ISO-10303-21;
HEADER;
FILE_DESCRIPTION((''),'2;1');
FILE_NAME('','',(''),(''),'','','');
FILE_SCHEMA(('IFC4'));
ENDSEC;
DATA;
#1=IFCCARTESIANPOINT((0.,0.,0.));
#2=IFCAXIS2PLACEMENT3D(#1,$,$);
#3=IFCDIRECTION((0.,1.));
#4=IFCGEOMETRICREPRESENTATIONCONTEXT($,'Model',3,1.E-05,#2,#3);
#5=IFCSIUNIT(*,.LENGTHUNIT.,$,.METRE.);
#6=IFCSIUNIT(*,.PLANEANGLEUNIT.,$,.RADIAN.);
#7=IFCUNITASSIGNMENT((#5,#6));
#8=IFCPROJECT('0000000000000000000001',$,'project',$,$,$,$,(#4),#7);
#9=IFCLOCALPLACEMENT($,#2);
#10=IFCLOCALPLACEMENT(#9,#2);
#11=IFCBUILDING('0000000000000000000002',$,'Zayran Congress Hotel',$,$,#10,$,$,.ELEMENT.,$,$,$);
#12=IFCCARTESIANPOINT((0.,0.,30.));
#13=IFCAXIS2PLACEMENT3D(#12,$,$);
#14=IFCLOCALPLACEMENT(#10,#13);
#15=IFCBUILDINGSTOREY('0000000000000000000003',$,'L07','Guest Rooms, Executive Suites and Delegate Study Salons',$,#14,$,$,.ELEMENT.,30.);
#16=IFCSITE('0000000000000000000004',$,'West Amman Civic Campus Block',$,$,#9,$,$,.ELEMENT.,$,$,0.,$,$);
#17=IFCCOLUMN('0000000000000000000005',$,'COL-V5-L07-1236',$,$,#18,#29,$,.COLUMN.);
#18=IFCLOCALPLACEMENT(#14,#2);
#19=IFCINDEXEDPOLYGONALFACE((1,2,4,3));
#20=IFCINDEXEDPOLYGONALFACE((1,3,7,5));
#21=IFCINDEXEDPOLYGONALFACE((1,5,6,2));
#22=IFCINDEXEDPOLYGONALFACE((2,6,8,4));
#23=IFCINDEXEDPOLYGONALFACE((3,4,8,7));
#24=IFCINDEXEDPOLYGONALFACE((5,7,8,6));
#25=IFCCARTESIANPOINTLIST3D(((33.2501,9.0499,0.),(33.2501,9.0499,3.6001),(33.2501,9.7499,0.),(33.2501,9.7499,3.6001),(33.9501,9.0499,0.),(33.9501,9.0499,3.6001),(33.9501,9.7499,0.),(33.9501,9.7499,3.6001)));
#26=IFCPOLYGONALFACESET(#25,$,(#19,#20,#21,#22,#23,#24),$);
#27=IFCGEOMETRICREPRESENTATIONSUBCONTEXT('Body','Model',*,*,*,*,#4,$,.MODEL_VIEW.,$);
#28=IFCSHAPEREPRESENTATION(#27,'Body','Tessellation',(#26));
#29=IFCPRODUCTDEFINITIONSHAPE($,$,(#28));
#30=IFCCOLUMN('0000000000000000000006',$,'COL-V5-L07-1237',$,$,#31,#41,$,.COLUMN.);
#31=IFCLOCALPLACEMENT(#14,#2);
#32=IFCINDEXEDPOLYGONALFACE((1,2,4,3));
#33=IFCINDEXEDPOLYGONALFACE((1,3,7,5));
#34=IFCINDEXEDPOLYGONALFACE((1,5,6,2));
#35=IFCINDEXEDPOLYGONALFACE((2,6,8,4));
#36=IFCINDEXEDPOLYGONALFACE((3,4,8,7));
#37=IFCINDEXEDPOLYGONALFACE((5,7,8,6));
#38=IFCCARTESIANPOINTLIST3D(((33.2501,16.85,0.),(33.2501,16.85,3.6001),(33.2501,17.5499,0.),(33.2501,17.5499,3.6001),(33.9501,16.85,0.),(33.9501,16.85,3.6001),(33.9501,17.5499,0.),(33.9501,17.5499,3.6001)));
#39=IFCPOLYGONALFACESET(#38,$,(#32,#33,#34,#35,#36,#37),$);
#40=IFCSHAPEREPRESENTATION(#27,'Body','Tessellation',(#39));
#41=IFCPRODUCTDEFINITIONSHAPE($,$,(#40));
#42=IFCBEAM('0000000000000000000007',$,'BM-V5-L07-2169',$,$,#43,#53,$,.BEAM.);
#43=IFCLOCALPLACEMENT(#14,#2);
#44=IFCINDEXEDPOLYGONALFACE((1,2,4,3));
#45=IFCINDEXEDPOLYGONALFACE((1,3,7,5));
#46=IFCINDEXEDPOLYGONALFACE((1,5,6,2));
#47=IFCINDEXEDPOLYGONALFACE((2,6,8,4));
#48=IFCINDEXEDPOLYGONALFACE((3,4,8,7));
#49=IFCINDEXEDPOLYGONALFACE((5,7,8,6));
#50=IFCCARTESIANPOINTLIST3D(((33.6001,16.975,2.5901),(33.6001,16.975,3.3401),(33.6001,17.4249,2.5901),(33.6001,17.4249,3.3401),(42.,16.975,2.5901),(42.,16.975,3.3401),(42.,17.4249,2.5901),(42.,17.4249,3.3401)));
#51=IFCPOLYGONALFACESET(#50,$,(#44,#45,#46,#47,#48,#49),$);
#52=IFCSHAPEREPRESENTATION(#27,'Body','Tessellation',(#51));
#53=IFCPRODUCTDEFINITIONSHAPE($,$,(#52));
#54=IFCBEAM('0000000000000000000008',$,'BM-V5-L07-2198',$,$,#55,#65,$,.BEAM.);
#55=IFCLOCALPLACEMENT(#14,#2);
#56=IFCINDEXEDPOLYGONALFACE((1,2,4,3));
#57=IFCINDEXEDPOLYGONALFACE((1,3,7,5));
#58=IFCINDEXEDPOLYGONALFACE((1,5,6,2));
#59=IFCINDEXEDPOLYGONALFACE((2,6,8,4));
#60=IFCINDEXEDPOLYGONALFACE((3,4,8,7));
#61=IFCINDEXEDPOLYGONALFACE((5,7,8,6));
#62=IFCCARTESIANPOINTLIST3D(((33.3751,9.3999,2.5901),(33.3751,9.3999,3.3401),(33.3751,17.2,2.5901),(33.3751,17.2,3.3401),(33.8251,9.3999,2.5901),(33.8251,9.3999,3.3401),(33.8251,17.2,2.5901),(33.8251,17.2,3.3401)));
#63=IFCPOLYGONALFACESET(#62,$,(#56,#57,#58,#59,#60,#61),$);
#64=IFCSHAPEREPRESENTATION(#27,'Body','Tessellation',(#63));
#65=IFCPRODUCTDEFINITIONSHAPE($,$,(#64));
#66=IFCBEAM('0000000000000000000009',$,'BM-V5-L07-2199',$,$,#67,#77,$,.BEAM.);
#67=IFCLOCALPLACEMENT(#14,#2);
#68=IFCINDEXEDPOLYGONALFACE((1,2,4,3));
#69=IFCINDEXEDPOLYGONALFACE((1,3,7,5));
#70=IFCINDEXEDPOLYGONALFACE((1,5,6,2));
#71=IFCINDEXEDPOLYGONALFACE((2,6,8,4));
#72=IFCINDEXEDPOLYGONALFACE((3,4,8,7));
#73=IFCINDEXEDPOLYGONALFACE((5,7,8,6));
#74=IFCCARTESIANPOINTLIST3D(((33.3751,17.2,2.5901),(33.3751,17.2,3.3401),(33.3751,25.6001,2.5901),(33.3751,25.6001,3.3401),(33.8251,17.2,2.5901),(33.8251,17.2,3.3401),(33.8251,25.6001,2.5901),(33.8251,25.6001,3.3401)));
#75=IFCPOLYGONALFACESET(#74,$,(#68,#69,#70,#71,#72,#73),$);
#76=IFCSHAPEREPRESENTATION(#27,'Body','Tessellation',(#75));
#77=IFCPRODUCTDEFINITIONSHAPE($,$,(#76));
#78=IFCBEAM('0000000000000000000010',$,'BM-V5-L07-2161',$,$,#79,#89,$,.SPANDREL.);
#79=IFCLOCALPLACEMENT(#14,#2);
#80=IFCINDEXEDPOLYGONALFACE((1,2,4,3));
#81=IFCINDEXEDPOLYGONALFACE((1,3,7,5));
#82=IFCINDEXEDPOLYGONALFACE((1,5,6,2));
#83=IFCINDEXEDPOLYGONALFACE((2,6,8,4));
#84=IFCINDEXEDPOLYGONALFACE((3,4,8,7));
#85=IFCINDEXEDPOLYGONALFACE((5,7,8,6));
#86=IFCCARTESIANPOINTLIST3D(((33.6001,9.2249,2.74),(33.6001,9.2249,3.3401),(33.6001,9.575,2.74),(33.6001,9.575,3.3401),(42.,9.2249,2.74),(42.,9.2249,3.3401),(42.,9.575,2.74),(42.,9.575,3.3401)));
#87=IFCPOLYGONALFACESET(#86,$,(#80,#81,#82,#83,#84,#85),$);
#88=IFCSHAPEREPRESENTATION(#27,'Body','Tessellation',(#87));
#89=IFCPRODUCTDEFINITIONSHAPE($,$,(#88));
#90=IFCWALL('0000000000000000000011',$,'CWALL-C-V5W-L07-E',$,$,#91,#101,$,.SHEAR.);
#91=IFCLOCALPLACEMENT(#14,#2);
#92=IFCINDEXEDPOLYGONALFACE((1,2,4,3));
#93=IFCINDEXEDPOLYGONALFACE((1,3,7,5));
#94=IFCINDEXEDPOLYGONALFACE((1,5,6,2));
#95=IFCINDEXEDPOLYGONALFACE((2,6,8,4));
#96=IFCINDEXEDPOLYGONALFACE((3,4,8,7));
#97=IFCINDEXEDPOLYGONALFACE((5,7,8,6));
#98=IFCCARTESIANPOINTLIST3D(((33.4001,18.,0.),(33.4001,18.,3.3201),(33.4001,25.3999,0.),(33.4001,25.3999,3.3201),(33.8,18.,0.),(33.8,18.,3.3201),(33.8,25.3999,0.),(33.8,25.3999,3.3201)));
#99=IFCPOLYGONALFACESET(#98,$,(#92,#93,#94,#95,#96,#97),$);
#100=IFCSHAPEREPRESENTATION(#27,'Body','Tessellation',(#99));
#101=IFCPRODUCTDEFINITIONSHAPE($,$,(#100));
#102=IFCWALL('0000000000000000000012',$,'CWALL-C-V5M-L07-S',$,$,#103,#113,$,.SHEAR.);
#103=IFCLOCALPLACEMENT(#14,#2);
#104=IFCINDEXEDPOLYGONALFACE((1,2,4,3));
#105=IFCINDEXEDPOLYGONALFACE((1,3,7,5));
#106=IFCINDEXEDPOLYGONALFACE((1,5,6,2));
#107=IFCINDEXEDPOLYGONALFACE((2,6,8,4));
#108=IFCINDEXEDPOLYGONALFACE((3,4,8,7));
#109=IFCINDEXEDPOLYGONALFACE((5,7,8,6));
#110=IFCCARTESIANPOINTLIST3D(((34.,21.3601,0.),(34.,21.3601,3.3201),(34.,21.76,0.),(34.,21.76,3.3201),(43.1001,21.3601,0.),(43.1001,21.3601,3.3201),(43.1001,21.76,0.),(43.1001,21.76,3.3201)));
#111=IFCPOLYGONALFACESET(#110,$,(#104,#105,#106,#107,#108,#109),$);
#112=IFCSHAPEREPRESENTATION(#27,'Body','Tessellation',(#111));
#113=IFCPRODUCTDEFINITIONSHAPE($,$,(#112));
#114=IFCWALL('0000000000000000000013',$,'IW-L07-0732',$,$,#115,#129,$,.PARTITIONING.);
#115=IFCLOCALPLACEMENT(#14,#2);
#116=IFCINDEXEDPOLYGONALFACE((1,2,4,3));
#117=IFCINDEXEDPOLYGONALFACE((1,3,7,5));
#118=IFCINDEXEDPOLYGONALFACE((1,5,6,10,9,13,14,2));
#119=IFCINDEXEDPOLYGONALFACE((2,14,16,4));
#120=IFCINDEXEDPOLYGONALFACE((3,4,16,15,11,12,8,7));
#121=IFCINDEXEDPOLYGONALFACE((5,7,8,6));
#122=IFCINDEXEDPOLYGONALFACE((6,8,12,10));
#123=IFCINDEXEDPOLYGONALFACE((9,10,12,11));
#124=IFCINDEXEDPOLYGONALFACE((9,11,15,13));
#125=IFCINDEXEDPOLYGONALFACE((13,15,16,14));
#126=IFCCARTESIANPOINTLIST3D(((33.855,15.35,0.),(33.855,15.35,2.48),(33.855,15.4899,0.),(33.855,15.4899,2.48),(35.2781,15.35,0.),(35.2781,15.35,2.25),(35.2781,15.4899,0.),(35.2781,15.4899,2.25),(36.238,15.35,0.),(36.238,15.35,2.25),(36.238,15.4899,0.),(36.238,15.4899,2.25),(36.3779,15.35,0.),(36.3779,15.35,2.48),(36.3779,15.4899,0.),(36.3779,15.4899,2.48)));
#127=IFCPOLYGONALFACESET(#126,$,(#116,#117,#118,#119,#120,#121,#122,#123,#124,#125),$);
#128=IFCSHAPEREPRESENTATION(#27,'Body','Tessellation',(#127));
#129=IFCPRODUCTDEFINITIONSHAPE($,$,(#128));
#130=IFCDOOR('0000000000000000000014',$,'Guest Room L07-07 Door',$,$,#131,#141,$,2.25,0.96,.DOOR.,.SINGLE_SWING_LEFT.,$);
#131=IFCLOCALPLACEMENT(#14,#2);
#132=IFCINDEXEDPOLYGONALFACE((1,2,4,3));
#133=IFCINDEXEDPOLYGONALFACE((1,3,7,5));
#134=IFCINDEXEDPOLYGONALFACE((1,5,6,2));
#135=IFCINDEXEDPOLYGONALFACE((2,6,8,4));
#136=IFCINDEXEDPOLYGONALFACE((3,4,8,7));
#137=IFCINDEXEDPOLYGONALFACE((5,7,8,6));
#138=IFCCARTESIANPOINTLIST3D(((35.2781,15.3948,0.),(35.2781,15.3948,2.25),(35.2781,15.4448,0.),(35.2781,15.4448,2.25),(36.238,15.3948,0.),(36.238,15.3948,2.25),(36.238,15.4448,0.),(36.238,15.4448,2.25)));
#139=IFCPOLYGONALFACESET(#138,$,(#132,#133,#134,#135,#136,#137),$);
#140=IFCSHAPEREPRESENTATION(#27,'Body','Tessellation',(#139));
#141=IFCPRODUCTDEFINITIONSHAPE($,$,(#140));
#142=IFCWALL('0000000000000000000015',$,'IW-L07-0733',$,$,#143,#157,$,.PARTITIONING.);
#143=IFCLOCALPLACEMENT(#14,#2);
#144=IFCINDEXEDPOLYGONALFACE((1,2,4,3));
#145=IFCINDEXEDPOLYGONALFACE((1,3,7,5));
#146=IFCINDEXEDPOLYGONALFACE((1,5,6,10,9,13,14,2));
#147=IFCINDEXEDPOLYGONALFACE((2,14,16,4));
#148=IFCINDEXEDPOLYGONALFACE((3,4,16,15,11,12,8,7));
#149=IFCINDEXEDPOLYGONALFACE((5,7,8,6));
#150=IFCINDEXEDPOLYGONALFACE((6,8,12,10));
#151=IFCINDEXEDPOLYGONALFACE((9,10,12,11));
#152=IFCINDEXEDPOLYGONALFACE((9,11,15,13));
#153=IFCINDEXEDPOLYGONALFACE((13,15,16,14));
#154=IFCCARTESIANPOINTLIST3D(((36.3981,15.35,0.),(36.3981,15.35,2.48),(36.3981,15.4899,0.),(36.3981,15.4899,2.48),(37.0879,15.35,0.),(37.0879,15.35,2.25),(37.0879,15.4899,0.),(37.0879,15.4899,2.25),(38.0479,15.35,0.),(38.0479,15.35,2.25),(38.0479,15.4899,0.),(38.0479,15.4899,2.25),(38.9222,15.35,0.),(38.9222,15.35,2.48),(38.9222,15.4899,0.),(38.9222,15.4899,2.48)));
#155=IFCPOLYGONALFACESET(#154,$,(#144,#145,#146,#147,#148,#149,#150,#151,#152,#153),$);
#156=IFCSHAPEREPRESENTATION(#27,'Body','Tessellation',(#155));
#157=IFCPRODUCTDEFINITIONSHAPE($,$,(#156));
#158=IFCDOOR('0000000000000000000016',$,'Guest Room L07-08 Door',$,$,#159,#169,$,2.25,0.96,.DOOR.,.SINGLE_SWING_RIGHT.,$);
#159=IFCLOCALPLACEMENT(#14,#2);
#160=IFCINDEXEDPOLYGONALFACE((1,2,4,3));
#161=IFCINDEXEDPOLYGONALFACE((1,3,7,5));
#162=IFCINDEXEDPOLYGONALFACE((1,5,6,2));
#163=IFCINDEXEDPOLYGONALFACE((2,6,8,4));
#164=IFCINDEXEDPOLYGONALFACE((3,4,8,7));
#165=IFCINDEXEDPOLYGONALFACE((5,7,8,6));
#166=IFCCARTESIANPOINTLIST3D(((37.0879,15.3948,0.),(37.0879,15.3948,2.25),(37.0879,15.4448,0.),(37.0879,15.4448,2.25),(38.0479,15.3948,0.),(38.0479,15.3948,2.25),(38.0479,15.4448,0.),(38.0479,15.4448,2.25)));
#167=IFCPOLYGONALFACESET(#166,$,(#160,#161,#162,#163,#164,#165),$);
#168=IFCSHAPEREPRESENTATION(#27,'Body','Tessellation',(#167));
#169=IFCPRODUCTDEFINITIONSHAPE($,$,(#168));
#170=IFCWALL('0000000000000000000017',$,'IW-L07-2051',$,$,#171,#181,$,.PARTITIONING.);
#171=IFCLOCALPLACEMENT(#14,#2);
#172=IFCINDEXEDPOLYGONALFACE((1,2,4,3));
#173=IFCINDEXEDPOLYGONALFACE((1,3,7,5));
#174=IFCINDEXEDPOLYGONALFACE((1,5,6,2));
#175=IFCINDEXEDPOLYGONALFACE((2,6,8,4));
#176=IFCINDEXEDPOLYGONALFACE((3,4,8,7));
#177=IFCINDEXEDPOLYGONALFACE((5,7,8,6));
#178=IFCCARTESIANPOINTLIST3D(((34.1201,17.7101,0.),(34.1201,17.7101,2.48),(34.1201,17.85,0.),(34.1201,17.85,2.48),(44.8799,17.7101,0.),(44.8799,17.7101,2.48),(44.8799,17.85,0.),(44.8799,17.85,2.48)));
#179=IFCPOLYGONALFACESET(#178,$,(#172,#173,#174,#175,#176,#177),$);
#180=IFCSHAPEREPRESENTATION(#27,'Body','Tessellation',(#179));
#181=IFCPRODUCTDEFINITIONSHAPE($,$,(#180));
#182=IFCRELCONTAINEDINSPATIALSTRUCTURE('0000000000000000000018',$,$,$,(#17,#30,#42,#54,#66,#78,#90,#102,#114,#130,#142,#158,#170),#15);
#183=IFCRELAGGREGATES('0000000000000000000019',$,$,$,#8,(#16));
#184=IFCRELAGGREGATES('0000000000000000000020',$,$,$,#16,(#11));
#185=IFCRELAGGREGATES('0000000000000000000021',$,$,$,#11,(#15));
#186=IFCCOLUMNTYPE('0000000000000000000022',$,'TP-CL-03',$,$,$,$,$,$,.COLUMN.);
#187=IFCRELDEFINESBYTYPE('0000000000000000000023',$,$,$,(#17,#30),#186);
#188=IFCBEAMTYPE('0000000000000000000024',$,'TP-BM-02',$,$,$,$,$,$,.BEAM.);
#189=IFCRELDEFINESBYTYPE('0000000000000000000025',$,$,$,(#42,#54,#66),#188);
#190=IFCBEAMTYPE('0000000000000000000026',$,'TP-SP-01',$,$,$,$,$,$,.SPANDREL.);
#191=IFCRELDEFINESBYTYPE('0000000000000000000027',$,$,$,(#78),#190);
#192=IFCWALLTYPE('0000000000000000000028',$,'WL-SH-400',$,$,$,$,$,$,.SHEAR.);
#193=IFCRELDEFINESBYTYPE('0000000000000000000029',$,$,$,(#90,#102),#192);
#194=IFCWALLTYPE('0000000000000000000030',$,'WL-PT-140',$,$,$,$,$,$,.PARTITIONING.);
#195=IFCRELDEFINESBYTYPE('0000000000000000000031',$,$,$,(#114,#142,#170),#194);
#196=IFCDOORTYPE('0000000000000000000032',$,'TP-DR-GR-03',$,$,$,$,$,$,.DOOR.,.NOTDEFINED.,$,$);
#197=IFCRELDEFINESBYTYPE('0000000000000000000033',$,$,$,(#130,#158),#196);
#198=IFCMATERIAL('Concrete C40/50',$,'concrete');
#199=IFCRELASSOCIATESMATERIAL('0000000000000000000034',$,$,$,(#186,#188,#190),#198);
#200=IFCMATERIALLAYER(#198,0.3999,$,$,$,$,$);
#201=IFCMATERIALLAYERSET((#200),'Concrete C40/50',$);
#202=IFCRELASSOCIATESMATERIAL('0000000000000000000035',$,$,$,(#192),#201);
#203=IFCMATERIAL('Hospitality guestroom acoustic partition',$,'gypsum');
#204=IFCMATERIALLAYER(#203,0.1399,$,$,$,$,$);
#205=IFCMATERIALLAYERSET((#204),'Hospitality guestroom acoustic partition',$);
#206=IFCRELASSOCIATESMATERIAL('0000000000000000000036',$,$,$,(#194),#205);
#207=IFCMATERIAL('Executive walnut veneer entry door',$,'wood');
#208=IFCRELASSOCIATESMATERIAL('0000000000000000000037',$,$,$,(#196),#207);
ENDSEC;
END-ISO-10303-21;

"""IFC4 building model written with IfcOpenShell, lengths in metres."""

from ifc_helpers import new_model, si_unit, direction, frame, frame_2d, origin, origin_2d, place, context, subcontext, project, spatial, rectangle, extrude, material, layer, layer_set, material_profile, profile_set, type_object, element, fill, save


model = new_model("IFC4")

# Units and contexts
model_context = context("Model", 3, precision=1e-05, world=origin(), true_north=direction((0.0, 1.0)))
body_context = subcontext(model_context, "Body", "Model", "MODEL_VIEW")
ifc_project = project(units=[si_unit("LENGTHUNIT", "METRE"), si_unit("PLANEANGLEUNIT", "RADIAN")], contexts=[model_context])

# Site, building, storey
site_placement = place(None, origin())
site = spatial("IfcSite", under=ifc_project, at=site_placement, Name="West Amman Civic Campus Block", CompositionType="ELEMENT", RefElevation=0.0)
building_placement = place(site_placement, origin())
building = spatial("IfcBuilding", under=site, at=building_placement, Name="Zayran Congress Hotel", CompositionType="ELEMENT")
storey_placement = place(building_placement, frame((0.0, 0.0, 30.0)))
storey = spatial("IfcBuildingStorey", under=building, at=storey_placement, Name="L07", Description="Guest Rooms, Executive Suites and Delegate Study Salons", CompositionType="ELEMENT", Elevation=30.0)

# Columns
ifc_material_1 = material(Name="Concrete C40/50", Category="concrete")
ifc_material_profile_1 = material_profile(ifc_material_1, rectangle(XDim=0.7, YDim=0.7, at=origin_2d()), Name="RC 700x700")
ifc_profile_set_1 = profile_set([ifc_material_profile_1], Name="Concrete C40/50")
column_type = type_object("IfcColumnType", Name="TP-CL-03", PredefinedType="COLUMN", material=ifc_profile_set_1)
for number, where, z_axis, x_axis, name in (
    (1, (33.6001, 9.3999, 0.0), (0.0, 0.0, 1.0), (1.0, 0.0, 0.0), "COL-V5-L07-1236"),
    (2, (33.6001, 17.2, 0.0), (0.0, 0.0, 1.0), (1.0, 0.0, 0.0), "COL-V5-L07-1237"),
):
    element("IfcColumn", number, at=place(storey_placement, frame(where, z_axis=z_axis, x_axis=x_axis)), inside=storey, type_object=column_type, Name=name, PredefinedType="COLUMN", context=body_context, shape_type="SweptSolid", body=[
        extrude(rectangle(XDim=0.7, YDim=0.7, at=origin_2d()), origin(), (0.0, 0.0, 1.0), 3.6001),
    ])

# Beams
ifc_material_profile_2 = material_profile(ifc_material_1, rectangle(XDim=0.45, YDim=0.75, at=origin_2d()), Name="RC 450x750")
ifc_profile_set_2 = profile_set([ifc_material_profile_2], Name="Concrete C40/50")
beam_type_1 = type_object("IfcBeamType", Name="TP-BM-02", PredefinedType="BEAM", material=ifc_profile_set_2)
beam_1_placement = place(storey_placement, frame((33.6001, 17.2, 2.9651), z_axis=(1.0, 0.0, 0.0), x_axis=(0.0, 1.0, 0.0)))
element("IfcBeam", 3, at=beam_1_placement, inside=storey, type_object=beam_type_1, Name="BM-V5-L07-2169", PredefinedType="BEAM", context=body_context, shape_type="SweptSolid", body=[
    extrude(rectangle(XDim=0.45, YDim=0.75, at=origin_2d()), origin(), (0.0, 0.0, 1.0), 8.3999),
])
beam_2_placement = place(storey_placement, frame((33.6001, 9.3999, 2.9651), z_axis=(0.0, 1.0, 0.0), x_axis=(-1.0, 0.0, 0.0)))
element("IfcBeam", 4, at=beam_2_placement, inside=storey, type_object=beam_type_1, Name="BM-V5-L07-2198", PredefinedType="BEAM", context=body_context, shape_type="SweptSolid", body=[
    extrude(rectangle(XDim=0.45, YDim=0.75, at=origin_2d()), origin(), (0.0, 0.0, 1.0), 7.8),
])
beam_3_placement = place(storey_placement, frame((33.6001, 17.2, 2.9651), z_axis=(0.0, 1.0, 0.0), x_axis=(-1.0, 0.0, 0.0)))
element("IfcBeam", 5, at=beam_3_placement, inside=storey, type_object=beam_type_1, Name="BM-V5-L07-2199", PredefinedType="BEAM", context=body_context, shape_type="SweptSolid", body=[
    extrude(rectangle(XDim=0.45, YDim=0.75, at=origin_2d()), origin(), (0.0, 0.0, 1.0), 8.4001),
])
ifc_material_profile_3 = material_profile(ifc_material_1, rectangle(XDim=0.3501, YDim=0.6001, at=origin_2d()), Name="RC 350x600")
ifc_profile_set_3 = profile_set([ifc_material_profile_3], Name="Concrete C40/50")
beam_type_2 = type_object("IfcBeamType", Name="TP-SP-01", PredefinedType="SPANDREL", material=ifc_profile_set_3)
beam_4_placement = place(storey_placement, frame((33.6001, 9.3999, 3.04), z_axis=(1.0, 0.0, 0.0), x_axis=(0.0, 1.0, 0.0)))
element("IfcBeam", 6, at=beam_4_placement, inside=storey, type_object=beam_type_2, Name="BM-V5-L07-2161", PredefinedType="SPANDREL", context=body_context, shape_type="SweptSolid", body=[
    extrude(rectangle(XDim=0.3501, YDim=0.6001, at=origin_2d()), origin(), (0.0, 0.0, 1.0), 8.3999),
])

# Walls
ifc_layer_1 = layer(ifc_material_1, 0.3999)
ifc_layer_set_1 = layer_set([ifc_layer_1], Name="Concrete C40/50")
wall_type_1 = type_object("IfcWallType", Name="WL-SH-400", PredefinedType="SHEAR", material=ifc_layer_set_1)
wall_1_placement = place(storey_placement, frame((33.6001, 18.0, 0.0), z_axis=(0.0, 0.0, 1.0), x_axis=(0.0, 1.0, 0.0)))
element("IfcWall", 7, at=wall_1_placement, inside=storey, type_object=wall_type_1, Name="CWALL-C-V5W-L07-E", PredefinedType="SHEAR", context=body_context, shape_type="SweptSolid", body=[
    extrude(rectangle(XDim=7.3999, YDim=0.3999, at=frame_2d((3.7, 0.0))), origin(), (0.0, 0.0, 1.0), 3.3201),
])
wall_2_placement = place(storey_placement, frame((34.0, 21.5601, 0.0), z_axis=(0.0, 0.0, 1.0), x_axis=(1.0, 0.0, 0.0)))
element("IfcWall", 8, at=wall_2_placement, inside=storey, type_object=wall_type_1, Name="CWALL-C-V5M-L07-S", PredefinedType="SHEAR", context=body_context, shape_type="SweptSolid", body=[
    extrude(rectangle(XDim=9.1001, YDim=0.3999, at=frame_2d((4.55, 0.0))), origin(), (0.0, 0.0, 1.0), 3.3201),
])

# Walls, openings, doors
ifc_material_2 = material(Name="Hospitality guestroom acoustic partition", Category="gypsum")
ifc_layer_2 = layer(ifc_material_2, 0.1399)
ifc_layer_set_2 = layer_set([ifc_layer_2], Name="Hospitality guestroom acoustic partition")
wall_type_2 = type_object("IfcWallType", Name="WL-PT-140", PredefinedType="PARTITIONING", material=ifc_layer_set_2)
wall_3_placement = place(storey_placement, frame((33.855, 15.4199, 0.0), z_axis=(0.0, 0.0, 1.0), x_axis=(1.0, 0.0, 0.0)))
wall_3 = element("IfcWall", 9, at=wall_3_placement, inside=storey, type_object=wall_type_2, Name="IW-L07-0732", PredefinedType="PARTITIONING", context=body_context, shape_type="SweptSolid", body=[
    extrude(rectangle(XDim=2.5229, YDim=0.1399, at=frame_2d((1.2615, 0.0))), origin(), (0.0, 0.0, 1.0), 2.48),
])
opening_1_placement = place(wall_3_placement, frame((1.4231, 0.0, 0.0)))
opening_1 = element("IfcOpeningElement", 10, at=opening_1_placement, cuts=wall_3, PredefinedType="OPENING", context=body_context, shape_type="SweptSolid", body=[
    extrude(rectangle(XDim=0.96, YDim=2.25, at=frame_2d((0.48, 1.125))), frame((0.0, 0.0798, 0.0), z_axis=(0.0, -1.0, 0.0), x_axis=(1.0, 0.0, 0.0)), (0.0, 0.0, 1.0), 0.1599),
])
ifc_material_3 = material(Name="Executive walnut veneer entry door", Category="wood")
door_type_1 = type_object("IfcDoorType", Name="TP-DR-GR-03", OperationType="NOTDEFINED", PredefinedType="DOOR", material=ifc_material_3)
door_1_placement = place(opening_1_placement, origin())
door_1 = element("IfcDoor", 11, at=door_1_placement, inside=storey, type_object=door_type_1, Name="Guest Room L07-07 Door", OperationType="SINGLE_SWING_LEFT", OverallHeight=2.25, OverallWidth=0.96, PredefinedType="DOOR", context=body_context, shape_type="SweptSolid", body=[
    extrude(rectangle(XDim=0.96, YDim=2.25, at=frame_2d((0.48, 1.125))), frame((0.0, 0.0249, 0.0), z_axis=(0.0, -1.0, 0.0), x_axis=(1.0, 0.0, 0.0)), (0.0, 0.0, 1.0), 0.05),
])
fill(opening_1, door_1)
wall_4_placement = place(storey_placement, frame((36.3979, 15.4199, 0.0), z_axis=(0.0, 0.0, 1.0), x_axis=(1.0, 0.0, 0.0)))
wall_4 = element("IfcWall", 12, at=wall_4_placement, inside=storey, type_object=wall_type_2, Name="IW-L07-0733", PredefinedType="PARTITIONING", context=body_context, shape_type="SweptSolid", body=[
    extrude(rectangle(XDim=2.5242, YDim=0.1399, at=frame_2d((1.2622, 0.0))), origin(), (0.0, 0.0, 1.0), 2.48),
])
opening_2_placement = place(wall_4_placement, frame((0.6899, 0.0, 0.0)))
opening_2 = element("IfcOpeningElement", 13, at=opening_2_placement, cuts=wall_4, PredefinedType="OPENING", context=body_context, shape_type="SweptSolid", body=[
    extrude(rectangle(XDim=0.96, YDim=2.25, at=frame_2d((0.48, 1.125))), frame((0.0, 0.0798, 0.0), z_axis=(0.0, -1.0, 0.0), x_axis=(1.0, 0.0, 0.0)), (0.0, 0.0, 1.0), 0.1599),
])
door_2_placement = place(opening_2_placement, origin())
door_2 = element("IfcDoor", 14, at=door_2_placement, inside=storey, type_object=door_type_1, Name="Guest Room L07-08 Door", OperationType="SINGLE_SWING_RIGHT", OverallHeight=2.25, OverallWidth=0.96, PredefinedType="DOOR", context=body_context, shape_type="SweptSolid", body=[
    extrude(rectangle(XDim=0.96, YDim=2.25, at=frame_2d((0.48, 1.125))), frame((0.0, 0.0249, 0.0), z_axis=(0.0, -1.0, 0.0), x_axis=(1.0, 0.0, 0.0)), (0.0, 0.0, 1.0), 0.05),
])
fill(opening_2, door_2)

# Wall
for number, where, z_axis, x_axis, name in (
    (15, (34.1201, 17.78, 0.0), (0.0, 0.0, 1.0), (1.0, 0.0, 0.0), "IW-L07-2051"),
):
    element("IfcWall", number, at=place(storey_placement, frame(where, z_axis=z_axis, x_axis=x_axis)), inside=storey, type_object=wall_type_2, Name=name, PredefinedType="PARTITIONING", context=body_context, shape_type="SweptSolid", body=[
        extrude(rectangle(XDim=10.7598, YDim=0.1399, at=frame_2d((5.3799, 0.0))), origin(), (0.0, 0.0, 1.0), 2.48),
    ])

save(model, "model.ifc")
